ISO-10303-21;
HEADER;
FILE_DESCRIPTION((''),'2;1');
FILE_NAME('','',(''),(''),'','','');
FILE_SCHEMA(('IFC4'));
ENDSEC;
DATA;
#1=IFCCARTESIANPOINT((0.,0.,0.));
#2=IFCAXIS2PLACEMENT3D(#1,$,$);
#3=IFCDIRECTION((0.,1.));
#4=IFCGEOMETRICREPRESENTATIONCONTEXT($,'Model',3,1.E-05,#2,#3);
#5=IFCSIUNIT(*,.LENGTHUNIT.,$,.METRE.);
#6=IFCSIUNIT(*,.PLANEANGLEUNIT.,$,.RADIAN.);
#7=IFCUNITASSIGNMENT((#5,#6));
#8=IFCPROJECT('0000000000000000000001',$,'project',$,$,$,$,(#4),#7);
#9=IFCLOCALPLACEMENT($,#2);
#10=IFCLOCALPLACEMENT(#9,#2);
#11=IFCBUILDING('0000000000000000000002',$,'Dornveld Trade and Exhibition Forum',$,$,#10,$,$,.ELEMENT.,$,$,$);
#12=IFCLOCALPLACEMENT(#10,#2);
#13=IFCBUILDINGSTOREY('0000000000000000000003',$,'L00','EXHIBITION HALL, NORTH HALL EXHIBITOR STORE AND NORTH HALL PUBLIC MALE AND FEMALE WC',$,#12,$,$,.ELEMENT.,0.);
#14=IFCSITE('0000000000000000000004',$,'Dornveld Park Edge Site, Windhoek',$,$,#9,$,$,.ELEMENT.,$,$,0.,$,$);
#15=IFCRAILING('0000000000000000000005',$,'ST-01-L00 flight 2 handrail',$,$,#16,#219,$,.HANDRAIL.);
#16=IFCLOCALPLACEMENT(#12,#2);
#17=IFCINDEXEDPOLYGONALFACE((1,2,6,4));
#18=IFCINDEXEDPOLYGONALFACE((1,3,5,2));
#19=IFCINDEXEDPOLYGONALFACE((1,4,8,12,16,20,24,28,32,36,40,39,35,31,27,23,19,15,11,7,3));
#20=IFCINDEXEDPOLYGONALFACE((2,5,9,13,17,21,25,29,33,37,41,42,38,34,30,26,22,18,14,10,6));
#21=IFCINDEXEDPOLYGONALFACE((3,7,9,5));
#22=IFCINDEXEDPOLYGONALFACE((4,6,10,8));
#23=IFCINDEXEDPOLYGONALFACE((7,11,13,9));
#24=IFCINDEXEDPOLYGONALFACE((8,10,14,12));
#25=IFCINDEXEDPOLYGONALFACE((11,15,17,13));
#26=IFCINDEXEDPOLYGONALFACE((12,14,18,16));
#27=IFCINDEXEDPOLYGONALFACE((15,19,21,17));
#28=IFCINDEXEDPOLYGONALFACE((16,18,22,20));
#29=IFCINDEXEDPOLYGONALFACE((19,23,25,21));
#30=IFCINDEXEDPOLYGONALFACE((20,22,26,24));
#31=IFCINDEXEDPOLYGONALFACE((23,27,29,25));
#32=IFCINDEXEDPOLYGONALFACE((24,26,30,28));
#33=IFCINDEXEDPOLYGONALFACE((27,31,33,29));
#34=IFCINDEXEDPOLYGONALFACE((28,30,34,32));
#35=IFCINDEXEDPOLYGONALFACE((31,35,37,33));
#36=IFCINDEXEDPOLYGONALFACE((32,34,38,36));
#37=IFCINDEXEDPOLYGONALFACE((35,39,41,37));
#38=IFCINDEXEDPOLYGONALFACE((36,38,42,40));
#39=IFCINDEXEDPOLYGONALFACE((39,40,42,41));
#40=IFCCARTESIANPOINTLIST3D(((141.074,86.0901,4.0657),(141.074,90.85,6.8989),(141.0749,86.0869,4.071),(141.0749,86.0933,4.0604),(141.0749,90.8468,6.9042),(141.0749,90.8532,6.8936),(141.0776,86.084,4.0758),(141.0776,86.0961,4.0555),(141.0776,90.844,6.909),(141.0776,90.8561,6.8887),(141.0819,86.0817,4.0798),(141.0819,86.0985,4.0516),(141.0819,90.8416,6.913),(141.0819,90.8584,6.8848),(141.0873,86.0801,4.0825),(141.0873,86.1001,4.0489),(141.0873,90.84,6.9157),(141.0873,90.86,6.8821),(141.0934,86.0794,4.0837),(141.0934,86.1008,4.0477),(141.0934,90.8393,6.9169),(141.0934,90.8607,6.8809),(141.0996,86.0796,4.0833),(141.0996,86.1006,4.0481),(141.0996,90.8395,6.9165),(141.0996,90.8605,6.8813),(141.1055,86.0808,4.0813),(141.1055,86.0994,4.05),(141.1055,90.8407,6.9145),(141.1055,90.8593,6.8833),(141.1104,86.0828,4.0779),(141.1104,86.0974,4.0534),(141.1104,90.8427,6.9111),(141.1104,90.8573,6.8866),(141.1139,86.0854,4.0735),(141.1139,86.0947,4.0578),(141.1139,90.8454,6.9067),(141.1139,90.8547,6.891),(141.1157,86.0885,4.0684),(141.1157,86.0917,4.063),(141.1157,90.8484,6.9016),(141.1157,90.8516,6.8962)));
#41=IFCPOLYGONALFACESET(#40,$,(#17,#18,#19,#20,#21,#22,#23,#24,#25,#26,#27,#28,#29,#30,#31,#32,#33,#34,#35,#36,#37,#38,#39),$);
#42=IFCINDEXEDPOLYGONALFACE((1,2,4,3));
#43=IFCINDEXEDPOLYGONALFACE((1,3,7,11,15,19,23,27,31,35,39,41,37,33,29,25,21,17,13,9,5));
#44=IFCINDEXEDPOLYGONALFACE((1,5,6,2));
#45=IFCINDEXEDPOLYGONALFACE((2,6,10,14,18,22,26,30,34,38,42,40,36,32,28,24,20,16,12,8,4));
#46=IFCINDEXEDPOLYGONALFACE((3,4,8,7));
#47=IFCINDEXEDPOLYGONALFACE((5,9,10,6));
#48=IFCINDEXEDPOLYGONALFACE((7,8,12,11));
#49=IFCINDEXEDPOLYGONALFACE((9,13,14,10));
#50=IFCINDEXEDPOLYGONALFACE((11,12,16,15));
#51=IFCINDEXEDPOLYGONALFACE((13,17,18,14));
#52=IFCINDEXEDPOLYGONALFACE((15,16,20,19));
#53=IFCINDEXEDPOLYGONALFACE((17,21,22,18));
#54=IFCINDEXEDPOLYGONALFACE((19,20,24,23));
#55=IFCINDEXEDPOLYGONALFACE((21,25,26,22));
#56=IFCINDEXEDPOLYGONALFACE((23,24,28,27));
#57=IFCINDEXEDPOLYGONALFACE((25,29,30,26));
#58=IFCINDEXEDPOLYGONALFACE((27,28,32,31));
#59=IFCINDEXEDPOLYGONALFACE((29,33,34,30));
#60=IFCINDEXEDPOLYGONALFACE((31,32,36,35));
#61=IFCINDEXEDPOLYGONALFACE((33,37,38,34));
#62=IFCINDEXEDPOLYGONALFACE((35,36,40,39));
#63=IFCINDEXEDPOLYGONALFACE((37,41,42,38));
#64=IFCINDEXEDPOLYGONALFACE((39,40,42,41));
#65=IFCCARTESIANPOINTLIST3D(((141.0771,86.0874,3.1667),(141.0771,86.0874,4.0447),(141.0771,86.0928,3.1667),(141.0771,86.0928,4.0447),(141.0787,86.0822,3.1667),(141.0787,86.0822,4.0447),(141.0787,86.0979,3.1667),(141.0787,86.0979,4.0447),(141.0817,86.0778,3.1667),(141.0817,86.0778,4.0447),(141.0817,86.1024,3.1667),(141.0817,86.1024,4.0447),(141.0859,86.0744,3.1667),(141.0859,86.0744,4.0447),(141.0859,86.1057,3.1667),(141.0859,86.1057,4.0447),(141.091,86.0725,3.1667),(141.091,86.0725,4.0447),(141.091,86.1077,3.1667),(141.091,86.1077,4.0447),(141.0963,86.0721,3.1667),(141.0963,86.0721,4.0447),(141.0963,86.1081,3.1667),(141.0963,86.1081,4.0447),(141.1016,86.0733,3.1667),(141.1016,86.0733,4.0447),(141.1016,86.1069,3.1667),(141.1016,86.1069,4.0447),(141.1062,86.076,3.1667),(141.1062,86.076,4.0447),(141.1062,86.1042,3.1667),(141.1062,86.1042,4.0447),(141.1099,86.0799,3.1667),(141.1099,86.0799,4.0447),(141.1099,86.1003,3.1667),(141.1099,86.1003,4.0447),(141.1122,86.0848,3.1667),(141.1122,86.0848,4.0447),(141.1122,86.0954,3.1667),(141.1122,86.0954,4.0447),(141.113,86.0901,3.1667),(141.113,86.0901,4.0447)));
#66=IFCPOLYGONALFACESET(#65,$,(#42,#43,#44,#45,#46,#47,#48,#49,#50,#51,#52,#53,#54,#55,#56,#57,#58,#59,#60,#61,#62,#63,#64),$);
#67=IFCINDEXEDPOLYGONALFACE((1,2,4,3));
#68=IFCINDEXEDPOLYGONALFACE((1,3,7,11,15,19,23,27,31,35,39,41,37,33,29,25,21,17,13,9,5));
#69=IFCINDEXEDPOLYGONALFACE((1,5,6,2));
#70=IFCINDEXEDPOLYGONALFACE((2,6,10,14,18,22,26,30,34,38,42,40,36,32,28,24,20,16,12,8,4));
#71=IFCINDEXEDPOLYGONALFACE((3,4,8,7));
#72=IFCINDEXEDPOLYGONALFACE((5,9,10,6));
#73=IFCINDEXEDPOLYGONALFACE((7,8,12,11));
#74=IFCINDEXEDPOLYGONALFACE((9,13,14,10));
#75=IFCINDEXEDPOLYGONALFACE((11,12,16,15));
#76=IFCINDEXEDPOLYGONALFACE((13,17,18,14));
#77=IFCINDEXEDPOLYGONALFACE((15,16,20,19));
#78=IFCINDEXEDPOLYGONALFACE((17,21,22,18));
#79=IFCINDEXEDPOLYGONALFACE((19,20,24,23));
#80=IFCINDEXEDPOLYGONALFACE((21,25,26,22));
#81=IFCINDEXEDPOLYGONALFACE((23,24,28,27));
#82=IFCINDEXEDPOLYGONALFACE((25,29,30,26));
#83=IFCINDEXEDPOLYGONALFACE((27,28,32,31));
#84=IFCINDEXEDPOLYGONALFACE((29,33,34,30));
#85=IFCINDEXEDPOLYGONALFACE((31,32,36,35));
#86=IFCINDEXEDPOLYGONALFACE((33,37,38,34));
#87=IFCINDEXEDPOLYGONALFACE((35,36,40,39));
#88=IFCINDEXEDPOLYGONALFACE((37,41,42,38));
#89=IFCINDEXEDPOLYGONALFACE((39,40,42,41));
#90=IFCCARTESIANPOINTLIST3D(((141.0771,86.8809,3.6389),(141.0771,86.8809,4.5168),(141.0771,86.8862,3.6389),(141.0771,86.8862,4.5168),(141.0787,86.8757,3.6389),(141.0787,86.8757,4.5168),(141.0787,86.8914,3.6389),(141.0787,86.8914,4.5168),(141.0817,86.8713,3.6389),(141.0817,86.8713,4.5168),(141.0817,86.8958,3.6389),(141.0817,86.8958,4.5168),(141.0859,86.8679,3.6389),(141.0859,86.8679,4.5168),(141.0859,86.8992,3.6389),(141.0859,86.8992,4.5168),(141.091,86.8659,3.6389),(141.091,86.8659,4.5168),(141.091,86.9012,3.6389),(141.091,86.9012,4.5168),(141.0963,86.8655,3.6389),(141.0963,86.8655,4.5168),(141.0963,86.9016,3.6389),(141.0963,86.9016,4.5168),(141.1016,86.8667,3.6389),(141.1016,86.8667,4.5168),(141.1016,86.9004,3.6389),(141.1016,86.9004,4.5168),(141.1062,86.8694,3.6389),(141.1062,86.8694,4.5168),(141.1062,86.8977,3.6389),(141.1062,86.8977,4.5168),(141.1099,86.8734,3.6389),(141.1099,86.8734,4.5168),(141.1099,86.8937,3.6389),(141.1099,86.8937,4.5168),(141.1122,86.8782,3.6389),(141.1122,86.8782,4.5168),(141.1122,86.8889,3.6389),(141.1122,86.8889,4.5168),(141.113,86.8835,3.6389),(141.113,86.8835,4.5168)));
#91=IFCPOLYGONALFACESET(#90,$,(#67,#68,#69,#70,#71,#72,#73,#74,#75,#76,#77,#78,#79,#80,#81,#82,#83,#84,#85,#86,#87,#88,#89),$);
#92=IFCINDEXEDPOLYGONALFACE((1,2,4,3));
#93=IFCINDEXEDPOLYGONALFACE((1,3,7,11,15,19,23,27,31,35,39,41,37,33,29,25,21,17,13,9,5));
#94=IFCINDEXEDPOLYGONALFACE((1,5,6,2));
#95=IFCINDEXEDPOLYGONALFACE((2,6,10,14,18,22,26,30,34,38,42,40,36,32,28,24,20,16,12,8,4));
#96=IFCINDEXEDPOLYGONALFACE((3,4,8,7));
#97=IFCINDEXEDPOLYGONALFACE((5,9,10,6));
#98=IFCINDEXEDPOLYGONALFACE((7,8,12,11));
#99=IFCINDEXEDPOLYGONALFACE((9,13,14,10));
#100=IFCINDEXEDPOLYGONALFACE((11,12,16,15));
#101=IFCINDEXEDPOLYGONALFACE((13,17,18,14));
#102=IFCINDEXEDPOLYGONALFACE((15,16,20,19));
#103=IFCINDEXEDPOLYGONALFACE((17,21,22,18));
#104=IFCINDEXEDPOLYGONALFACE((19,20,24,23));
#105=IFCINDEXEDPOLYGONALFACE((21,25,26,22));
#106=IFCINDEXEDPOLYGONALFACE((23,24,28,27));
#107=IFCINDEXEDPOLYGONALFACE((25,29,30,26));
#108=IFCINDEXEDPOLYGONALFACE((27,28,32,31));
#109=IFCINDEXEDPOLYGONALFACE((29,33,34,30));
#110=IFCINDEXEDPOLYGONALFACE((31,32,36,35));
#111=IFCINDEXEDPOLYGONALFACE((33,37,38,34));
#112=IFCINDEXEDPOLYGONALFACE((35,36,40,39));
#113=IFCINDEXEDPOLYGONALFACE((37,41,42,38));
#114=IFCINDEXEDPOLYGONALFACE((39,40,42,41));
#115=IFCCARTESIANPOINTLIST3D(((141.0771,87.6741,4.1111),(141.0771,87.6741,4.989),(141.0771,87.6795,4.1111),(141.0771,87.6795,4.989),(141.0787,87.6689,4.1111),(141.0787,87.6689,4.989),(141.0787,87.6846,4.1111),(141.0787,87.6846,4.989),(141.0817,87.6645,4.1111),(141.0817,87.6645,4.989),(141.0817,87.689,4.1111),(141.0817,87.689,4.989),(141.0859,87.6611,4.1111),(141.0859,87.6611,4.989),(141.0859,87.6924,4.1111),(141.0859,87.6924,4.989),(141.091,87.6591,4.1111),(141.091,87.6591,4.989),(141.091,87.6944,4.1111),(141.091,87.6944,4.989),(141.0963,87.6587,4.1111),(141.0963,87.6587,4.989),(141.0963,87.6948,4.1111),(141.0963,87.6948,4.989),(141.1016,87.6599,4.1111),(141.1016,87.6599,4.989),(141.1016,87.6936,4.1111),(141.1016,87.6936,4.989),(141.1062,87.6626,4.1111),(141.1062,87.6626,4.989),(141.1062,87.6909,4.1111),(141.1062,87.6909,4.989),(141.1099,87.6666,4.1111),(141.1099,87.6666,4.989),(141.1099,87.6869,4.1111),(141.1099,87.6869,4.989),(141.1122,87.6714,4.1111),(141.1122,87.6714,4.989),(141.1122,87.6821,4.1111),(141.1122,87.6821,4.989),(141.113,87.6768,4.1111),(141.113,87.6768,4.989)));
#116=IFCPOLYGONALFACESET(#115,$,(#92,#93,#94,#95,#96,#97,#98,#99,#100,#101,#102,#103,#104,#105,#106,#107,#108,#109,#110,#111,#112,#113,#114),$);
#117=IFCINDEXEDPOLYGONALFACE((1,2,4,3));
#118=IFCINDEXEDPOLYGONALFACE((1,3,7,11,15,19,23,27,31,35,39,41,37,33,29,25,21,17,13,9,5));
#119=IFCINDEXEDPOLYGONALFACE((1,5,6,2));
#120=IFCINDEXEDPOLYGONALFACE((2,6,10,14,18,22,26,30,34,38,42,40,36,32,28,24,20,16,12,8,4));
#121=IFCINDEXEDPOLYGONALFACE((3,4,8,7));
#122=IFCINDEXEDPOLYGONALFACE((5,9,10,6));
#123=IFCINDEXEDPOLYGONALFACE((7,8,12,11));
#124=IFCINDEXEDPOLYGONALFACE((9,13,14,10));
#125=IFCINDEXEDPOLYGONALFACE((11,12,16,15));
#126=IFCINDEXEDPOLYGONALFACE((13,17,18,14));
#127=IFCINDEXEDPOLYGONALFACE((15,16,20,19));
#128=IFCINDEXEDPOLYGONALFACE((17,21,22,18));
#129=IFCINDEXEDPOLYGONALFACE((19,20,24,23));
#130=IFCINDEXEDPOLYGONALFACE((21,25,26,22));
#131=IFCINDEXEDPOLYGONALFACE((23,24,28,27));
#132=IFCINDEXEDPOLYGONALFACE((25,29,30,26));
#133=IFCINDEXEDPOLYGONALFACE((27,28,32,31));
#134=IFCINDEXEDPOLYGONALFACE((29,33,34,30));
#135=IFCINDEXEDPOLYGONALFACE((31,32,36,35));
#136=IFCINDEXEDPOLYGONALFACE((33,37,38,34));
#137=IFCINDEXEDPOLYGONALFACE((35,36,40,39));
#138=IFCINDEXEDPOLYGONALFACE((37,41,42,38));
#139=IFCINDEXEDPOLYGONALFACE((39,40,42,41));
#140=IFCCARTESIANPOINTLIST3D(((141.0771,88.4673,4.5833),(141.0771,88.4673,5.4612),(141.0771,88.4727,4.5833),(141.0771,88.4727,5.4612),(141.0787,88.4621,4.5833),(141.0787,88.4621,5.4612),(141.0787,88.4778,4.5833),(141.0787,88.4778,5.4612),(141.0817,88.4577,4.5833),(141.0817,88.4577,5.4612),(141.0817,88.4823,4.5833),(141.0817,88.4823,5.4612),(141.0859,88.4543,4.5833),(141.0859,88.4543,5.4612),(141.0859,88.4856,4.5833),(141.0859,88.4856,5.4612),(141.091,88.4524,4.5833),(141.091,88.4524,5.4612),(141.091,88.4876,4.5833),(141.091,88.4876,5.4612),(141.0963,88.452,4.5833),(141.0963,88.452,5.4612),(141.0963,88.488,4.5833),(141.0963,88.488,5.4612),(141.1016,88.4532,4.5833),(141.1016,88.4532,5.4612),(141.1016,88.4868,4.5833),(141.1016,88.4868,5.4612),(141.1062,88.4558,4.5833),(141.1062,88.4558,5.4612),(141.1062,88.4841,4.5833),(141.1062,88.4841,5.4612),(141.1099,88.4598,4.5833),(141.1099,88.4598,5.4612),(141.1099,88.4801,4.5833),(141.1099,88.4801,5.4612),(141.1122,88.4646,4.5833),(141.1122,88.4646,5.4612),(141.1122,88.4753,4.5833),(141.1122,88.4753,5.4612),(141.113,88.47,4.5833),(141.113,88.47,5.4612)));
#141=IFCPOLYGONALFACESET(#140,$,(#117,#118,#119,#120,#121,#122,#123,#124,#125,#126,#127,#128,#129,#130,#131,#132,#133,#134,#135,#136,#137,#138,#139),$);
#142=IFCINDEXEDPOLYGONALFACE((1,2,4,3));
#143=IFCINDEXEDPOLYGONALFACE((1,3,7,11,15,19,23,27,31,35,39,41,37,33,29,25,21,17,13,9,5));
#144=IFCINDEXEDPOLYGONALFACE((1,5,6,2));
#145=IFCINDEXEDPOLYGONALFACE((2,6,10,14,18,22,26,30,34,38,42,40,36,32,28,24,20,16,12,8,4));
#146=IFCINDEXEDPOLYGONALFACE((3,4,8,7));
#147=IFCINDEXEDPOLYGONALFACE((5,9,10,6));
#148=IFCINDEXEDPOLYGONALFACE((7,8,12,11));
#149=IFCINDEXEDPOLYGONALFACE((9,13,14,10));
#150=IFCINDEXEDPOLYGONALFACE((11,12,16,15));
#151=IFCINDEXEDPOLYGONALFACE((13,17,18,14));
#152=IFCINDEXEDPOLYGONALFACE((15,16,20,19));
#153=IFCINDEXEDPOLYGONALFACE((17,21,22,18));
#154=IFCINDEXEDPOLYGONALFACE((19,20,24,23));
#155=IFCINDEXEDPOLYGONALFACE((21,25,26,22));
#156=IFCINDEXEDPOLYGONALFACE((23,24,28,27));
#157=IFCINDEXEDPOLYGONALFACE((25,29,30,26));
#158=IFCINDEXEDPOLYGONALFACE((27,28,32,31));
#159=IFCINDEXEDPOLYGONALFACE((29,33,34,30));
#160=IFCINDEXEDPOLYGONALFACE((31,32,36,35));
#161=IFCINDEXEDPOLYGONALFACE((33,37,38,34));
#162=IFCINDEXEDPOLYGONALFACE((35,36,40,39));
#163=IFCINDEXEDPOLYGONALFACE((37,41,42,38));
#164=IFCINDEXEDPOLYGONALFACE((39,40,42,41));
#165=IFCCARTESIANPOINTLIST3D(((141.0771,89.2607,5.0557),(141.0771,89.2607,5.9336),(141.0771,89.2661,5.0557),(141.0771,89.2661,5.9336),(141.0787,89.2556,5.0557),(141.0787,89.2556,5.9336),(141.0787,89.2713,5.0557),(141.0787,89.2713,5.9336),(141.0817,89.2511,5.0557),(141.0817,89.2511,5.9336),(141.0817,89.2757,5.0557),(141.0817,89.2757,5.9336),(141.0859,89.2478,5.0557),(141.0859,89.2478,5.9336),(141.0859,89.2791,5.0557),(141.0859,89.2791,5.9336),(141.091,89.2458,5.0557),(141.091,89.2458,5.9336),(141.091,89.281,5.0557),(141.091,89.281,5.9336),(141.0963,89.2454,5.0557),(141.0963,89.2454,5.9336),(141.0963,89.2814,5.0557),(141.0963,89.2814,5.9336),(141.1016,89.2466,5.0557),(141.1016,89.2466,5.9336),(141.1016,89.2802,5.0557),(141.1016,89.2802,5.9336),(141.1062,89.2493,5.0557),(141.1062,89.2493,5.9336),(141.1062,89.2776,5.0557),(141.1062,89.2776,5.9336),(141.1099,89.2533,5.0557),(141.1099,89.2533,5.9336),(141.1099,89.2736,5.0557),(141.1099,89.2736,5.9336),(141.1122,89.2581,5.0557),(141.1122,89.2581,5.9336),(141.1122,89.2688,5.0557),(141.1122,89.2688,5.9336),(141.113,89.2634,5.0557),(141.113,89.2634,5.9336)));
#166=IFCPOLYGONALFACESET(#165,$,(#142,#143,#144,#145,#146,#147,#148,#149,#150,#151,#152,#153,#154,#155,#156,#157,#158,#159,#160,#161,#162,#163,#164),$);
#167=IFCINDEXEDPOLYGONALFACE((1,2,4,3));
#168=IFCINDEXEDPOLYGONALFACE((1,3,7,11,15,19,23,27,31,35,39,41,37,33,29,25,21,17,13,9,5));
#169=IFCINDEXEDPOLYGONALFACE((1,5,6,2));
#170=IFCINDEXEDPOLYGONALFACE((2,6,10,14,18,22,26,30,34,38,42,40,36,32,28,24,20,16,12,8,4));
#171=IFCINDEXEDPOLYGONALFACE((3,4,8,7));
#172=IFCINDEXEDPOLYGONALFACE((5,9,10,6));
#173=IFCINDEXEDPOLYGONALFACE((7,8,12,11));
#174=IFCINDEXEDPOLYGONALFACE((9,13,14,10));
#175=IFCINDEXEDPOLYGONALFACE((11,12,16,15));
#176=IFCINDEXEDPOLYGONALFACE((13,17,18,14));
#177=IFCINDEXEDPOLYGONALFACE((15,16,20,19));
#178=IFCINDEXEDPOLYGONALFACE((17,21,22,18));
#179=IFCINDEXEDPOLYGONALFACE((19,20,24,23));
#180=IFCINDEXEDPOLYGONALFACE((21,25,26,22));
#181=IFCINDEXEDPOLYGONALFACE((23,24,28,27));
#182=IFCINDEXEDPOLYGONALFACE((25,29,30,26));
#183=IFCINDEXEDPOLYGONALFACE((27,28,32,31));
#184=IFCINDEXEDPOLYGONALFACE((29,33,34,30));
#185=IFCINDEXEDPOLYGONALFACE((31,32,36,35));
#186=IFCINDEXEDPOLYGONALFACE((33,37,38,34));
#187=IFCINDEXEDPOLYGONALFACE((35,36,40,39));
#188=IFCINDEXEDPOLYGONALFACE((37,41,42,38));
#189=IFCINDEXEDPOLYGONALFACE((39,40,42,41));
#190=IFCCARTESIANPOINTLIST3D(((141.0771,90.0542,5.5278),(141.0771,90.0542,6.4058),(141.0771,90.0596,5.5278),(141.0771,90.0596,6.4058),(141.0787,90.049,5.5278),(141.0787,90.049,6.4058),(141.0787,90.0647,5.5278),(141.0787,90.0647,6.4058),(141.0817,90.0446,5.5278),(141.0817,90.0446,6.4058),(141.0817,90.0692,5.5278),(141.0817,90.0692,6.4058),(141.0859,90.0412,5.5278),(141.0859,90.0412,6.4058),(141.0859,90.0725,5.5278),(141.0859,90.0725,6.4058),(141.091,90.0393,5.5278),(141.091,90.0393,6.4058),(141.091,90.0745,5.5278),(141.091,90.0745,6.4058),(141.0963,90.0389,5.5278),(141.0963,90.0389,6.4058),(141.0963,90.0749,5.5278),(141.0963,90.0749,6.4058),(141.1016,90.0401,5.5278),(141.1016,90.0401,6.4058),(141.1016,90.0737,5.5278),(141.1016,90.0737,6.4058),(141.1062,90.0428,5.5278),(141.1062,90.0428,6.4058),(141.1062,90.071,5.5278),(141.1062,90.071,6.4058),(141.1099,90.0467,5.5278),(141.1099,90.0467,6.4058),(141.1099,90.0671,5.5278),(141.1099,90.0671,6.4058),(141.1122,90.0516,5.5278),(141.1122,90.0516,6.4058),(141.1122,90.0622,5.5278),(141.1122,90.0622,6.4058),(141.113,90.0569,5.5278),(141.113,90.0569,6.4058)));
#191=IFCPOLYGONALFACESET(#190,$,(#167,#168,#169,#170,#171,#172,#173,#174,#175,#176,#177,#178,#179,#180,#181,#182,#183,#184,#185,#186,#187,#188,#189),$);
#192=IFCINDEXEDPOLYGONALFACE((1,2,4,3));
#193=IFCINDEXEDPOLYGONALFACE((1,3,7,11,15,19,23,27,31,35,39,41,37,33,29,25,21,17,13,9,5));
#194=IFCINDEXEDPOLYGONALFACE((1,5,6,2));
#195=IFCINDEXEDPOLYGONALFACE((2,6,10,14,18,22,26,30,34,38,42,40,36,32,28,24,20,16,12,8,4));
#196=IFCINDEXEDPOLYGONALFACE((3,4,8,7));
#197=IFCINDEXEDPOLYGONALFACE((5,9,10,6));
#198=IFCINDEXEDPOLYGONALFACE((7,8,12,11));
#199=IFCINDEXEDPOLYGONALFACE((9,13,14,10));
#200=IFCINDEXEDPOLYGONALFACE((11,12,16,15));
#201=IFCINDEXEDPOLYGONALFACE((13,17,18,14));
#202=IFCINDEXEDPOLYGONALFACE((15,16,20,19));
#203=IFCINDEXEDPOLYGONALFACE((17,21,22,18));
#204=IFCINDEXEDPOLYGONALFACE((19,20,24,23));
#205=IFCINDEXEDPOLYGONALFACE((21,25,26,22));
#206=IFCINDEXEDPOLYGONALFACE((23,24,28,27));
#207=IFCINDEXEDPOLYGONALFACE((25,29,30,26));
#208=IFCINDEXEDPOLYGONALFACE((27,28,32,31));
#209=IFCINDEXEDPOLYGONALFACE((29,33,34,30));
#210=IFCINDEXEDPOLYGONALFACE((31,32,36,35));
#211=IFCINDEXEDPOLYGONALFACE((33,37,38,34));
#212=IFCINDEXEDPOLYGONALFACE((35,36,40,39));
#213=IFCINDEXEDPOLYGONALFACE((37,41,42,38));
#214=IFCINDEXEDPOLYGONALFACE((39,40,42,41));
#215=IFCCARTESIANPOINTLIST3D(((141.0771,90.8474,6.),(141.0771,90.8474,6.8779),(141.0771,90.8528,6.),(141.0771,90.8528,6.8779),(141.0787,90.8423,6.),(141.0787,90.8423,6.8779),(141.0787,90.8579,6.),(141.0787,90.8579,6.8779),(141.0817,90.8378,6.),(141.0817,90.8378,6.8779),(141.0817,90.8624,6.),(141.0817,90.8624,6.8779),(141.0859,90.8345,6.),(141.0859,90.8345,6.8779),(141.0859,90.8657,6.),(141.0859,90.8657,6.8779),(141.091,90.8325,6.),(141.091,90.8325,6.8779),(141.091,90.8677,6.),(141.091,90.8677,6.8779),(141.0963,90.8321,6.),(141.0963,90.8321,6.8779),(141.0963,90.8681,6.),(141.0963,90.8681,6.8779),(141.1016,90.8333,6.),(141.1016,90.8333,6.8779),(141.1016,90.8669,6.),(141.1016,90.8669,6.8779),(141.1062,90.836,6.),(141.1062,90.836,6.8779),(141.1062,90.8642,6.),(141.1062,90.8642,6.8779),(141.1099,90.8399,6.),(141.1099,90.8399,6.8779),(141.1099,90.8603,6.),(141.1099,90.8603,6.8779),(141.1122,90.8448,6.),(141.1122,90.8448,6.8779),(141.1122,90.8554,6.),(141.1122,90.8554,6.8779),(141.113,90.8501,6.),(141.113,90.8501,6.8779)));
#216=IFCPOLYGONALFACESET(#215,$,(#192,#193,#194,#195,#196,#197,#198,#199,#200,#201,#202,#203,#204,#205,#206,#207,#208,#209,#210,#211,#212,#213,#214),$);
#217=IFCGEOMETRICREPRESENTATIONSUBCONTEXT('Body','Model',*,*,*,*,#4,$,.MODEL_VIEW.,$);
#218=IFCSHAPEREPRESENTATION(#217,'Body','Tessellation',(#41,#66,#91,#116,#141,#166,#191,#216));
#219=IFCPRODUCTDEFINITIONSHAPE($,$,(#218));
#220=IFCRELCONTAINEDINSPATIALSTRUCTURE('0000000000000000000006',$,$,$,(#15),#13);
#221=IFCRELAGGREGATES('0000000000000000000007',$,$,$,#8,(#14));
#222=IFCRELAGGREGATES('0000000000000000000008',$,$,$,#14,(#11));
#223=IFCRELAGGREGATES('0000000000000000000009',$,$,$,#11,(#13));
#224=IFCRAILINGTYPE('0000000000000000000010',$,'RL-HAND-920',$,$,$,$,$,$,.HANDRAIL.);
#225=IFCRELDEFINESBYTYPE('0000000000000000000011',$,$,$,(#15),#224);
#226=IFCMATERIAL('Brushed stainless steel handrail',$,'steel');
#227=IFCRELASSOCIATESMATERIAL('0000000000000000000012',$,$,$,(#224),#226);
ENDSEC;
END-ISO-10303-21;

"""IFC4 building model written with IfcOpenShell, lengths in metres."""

from ifc_helpers import new_model, si_unit, direction, frame, origin, origin_2d, place, context, subcontext, project, spatial, circle, extrude, material, type_object, element, save


model = new_model("IFC4")

# Units and contexts
model_context = context("Model", 3, precision=1e-05, world=origin(), true_north=direction((0.0, 1.0)))
body_context = subcontext(model_context, "Body", "Model", "MODEL_VIEW")
ifc_project = project(units=[si_unit("LENGTHUNIT", "METRE"), si_unit("PLANEANGLEUNIT", "RADIAN")], contexts=[model_context])

# Site, building, storey
site_placement = place(None, origin())
site = spatial("IfcSite", under=ifc_project, at=site_placement, Name="Dornveld Park Edge Site, Windhoek", CompositionType="ELEMENT", RefElevation=0.0)
building_placement = place(site_placement, origin())
building = spatial("IfcBuilding", under=site, at=building_placement, Name="Dornveld Trade and Exhibition Forum", CompositionType="ELEMENT")
storey_placement = place(building_placement, origin())
storey = spatial("IfcBuildingStorey", under=building, at=storey_placement, Name="L00", Description="EXHIBITION HALL, NORTH HALL EXHIBITOR STORE AND NORTH HALL PUBLIC MALE AND FEMALE WC", CompositionType="ELEMENT", Elevation=0.0)

# Railing
ifc_material_1 = material(Name="Brushed stainless steel handrail", Category="steel")
railing_type_1 = type_object("IfcRailingType", Name="RL-HAND-920", PredefinedType="HANDRAIL", material=ifc_material_1)
railing_1_placement = place(storey_placement, frame((141.095, 86.0901, 3.1667)))
element("IfcRailing", 1, at=railing_1_placement, inside=storey, type_object=railing_type_1, Name="ST-01-L00 flight 2 handrail", PredefinedType="HANDRAIL", context=body_context, shape_type="SweptSolid", body=[
    extrude(circle(Radius=0.021, at=origin_2d()), frame((0.0, 0.0, 0.8989), z_axis=(0.0, 0.8593, 0.511472), x_axis=(-1.0, 0.0, 0.0)), (0.0, 0.0, 1.0), 5.5393),
    extrude(circle(Radius=0.0181, at=origin_2d()), origin(), (0.0, 0.0, 1.0), 0.8779),
    extrude(circle(Radius=0.0181, at=origin_2d()), frame((0.0, 0.7935, 0.4722)), (0.0, 0.0, 1.0), 0.8779),
    extrude(circle(Radius=0.0181, at=origin_2d()), frame((0.0, 1.5867, 0.9443)), (0.0, 0.0, 1.0), 0.8779),
    extrude(circle(Radius=0.0181, at=origin_2d()), frame((0.0, 2.3799, 1.4165)), (0.0, 0.0, 1.0), 0.8779),
    extrude(circle(Radius=0.0181, at=origin_2d()), frame((0.0, 3.1733, 1.8889)), (0.0, 0.0, 1.0), 0.8779),
    extrude(circle(Radius=0.0181, at=origin_2d()), frame((0.0, 3.9668, 2.3611)), (0.0, 0.0, 1.0), 0.8779),
    extrude(circle(Radius=0.0181, at=origin_2d()), frame((0.0, 4.76, 2.8333)), (0.0, 0.0, 1.0), 0.8779),
])

save(model, "model.ifc")
